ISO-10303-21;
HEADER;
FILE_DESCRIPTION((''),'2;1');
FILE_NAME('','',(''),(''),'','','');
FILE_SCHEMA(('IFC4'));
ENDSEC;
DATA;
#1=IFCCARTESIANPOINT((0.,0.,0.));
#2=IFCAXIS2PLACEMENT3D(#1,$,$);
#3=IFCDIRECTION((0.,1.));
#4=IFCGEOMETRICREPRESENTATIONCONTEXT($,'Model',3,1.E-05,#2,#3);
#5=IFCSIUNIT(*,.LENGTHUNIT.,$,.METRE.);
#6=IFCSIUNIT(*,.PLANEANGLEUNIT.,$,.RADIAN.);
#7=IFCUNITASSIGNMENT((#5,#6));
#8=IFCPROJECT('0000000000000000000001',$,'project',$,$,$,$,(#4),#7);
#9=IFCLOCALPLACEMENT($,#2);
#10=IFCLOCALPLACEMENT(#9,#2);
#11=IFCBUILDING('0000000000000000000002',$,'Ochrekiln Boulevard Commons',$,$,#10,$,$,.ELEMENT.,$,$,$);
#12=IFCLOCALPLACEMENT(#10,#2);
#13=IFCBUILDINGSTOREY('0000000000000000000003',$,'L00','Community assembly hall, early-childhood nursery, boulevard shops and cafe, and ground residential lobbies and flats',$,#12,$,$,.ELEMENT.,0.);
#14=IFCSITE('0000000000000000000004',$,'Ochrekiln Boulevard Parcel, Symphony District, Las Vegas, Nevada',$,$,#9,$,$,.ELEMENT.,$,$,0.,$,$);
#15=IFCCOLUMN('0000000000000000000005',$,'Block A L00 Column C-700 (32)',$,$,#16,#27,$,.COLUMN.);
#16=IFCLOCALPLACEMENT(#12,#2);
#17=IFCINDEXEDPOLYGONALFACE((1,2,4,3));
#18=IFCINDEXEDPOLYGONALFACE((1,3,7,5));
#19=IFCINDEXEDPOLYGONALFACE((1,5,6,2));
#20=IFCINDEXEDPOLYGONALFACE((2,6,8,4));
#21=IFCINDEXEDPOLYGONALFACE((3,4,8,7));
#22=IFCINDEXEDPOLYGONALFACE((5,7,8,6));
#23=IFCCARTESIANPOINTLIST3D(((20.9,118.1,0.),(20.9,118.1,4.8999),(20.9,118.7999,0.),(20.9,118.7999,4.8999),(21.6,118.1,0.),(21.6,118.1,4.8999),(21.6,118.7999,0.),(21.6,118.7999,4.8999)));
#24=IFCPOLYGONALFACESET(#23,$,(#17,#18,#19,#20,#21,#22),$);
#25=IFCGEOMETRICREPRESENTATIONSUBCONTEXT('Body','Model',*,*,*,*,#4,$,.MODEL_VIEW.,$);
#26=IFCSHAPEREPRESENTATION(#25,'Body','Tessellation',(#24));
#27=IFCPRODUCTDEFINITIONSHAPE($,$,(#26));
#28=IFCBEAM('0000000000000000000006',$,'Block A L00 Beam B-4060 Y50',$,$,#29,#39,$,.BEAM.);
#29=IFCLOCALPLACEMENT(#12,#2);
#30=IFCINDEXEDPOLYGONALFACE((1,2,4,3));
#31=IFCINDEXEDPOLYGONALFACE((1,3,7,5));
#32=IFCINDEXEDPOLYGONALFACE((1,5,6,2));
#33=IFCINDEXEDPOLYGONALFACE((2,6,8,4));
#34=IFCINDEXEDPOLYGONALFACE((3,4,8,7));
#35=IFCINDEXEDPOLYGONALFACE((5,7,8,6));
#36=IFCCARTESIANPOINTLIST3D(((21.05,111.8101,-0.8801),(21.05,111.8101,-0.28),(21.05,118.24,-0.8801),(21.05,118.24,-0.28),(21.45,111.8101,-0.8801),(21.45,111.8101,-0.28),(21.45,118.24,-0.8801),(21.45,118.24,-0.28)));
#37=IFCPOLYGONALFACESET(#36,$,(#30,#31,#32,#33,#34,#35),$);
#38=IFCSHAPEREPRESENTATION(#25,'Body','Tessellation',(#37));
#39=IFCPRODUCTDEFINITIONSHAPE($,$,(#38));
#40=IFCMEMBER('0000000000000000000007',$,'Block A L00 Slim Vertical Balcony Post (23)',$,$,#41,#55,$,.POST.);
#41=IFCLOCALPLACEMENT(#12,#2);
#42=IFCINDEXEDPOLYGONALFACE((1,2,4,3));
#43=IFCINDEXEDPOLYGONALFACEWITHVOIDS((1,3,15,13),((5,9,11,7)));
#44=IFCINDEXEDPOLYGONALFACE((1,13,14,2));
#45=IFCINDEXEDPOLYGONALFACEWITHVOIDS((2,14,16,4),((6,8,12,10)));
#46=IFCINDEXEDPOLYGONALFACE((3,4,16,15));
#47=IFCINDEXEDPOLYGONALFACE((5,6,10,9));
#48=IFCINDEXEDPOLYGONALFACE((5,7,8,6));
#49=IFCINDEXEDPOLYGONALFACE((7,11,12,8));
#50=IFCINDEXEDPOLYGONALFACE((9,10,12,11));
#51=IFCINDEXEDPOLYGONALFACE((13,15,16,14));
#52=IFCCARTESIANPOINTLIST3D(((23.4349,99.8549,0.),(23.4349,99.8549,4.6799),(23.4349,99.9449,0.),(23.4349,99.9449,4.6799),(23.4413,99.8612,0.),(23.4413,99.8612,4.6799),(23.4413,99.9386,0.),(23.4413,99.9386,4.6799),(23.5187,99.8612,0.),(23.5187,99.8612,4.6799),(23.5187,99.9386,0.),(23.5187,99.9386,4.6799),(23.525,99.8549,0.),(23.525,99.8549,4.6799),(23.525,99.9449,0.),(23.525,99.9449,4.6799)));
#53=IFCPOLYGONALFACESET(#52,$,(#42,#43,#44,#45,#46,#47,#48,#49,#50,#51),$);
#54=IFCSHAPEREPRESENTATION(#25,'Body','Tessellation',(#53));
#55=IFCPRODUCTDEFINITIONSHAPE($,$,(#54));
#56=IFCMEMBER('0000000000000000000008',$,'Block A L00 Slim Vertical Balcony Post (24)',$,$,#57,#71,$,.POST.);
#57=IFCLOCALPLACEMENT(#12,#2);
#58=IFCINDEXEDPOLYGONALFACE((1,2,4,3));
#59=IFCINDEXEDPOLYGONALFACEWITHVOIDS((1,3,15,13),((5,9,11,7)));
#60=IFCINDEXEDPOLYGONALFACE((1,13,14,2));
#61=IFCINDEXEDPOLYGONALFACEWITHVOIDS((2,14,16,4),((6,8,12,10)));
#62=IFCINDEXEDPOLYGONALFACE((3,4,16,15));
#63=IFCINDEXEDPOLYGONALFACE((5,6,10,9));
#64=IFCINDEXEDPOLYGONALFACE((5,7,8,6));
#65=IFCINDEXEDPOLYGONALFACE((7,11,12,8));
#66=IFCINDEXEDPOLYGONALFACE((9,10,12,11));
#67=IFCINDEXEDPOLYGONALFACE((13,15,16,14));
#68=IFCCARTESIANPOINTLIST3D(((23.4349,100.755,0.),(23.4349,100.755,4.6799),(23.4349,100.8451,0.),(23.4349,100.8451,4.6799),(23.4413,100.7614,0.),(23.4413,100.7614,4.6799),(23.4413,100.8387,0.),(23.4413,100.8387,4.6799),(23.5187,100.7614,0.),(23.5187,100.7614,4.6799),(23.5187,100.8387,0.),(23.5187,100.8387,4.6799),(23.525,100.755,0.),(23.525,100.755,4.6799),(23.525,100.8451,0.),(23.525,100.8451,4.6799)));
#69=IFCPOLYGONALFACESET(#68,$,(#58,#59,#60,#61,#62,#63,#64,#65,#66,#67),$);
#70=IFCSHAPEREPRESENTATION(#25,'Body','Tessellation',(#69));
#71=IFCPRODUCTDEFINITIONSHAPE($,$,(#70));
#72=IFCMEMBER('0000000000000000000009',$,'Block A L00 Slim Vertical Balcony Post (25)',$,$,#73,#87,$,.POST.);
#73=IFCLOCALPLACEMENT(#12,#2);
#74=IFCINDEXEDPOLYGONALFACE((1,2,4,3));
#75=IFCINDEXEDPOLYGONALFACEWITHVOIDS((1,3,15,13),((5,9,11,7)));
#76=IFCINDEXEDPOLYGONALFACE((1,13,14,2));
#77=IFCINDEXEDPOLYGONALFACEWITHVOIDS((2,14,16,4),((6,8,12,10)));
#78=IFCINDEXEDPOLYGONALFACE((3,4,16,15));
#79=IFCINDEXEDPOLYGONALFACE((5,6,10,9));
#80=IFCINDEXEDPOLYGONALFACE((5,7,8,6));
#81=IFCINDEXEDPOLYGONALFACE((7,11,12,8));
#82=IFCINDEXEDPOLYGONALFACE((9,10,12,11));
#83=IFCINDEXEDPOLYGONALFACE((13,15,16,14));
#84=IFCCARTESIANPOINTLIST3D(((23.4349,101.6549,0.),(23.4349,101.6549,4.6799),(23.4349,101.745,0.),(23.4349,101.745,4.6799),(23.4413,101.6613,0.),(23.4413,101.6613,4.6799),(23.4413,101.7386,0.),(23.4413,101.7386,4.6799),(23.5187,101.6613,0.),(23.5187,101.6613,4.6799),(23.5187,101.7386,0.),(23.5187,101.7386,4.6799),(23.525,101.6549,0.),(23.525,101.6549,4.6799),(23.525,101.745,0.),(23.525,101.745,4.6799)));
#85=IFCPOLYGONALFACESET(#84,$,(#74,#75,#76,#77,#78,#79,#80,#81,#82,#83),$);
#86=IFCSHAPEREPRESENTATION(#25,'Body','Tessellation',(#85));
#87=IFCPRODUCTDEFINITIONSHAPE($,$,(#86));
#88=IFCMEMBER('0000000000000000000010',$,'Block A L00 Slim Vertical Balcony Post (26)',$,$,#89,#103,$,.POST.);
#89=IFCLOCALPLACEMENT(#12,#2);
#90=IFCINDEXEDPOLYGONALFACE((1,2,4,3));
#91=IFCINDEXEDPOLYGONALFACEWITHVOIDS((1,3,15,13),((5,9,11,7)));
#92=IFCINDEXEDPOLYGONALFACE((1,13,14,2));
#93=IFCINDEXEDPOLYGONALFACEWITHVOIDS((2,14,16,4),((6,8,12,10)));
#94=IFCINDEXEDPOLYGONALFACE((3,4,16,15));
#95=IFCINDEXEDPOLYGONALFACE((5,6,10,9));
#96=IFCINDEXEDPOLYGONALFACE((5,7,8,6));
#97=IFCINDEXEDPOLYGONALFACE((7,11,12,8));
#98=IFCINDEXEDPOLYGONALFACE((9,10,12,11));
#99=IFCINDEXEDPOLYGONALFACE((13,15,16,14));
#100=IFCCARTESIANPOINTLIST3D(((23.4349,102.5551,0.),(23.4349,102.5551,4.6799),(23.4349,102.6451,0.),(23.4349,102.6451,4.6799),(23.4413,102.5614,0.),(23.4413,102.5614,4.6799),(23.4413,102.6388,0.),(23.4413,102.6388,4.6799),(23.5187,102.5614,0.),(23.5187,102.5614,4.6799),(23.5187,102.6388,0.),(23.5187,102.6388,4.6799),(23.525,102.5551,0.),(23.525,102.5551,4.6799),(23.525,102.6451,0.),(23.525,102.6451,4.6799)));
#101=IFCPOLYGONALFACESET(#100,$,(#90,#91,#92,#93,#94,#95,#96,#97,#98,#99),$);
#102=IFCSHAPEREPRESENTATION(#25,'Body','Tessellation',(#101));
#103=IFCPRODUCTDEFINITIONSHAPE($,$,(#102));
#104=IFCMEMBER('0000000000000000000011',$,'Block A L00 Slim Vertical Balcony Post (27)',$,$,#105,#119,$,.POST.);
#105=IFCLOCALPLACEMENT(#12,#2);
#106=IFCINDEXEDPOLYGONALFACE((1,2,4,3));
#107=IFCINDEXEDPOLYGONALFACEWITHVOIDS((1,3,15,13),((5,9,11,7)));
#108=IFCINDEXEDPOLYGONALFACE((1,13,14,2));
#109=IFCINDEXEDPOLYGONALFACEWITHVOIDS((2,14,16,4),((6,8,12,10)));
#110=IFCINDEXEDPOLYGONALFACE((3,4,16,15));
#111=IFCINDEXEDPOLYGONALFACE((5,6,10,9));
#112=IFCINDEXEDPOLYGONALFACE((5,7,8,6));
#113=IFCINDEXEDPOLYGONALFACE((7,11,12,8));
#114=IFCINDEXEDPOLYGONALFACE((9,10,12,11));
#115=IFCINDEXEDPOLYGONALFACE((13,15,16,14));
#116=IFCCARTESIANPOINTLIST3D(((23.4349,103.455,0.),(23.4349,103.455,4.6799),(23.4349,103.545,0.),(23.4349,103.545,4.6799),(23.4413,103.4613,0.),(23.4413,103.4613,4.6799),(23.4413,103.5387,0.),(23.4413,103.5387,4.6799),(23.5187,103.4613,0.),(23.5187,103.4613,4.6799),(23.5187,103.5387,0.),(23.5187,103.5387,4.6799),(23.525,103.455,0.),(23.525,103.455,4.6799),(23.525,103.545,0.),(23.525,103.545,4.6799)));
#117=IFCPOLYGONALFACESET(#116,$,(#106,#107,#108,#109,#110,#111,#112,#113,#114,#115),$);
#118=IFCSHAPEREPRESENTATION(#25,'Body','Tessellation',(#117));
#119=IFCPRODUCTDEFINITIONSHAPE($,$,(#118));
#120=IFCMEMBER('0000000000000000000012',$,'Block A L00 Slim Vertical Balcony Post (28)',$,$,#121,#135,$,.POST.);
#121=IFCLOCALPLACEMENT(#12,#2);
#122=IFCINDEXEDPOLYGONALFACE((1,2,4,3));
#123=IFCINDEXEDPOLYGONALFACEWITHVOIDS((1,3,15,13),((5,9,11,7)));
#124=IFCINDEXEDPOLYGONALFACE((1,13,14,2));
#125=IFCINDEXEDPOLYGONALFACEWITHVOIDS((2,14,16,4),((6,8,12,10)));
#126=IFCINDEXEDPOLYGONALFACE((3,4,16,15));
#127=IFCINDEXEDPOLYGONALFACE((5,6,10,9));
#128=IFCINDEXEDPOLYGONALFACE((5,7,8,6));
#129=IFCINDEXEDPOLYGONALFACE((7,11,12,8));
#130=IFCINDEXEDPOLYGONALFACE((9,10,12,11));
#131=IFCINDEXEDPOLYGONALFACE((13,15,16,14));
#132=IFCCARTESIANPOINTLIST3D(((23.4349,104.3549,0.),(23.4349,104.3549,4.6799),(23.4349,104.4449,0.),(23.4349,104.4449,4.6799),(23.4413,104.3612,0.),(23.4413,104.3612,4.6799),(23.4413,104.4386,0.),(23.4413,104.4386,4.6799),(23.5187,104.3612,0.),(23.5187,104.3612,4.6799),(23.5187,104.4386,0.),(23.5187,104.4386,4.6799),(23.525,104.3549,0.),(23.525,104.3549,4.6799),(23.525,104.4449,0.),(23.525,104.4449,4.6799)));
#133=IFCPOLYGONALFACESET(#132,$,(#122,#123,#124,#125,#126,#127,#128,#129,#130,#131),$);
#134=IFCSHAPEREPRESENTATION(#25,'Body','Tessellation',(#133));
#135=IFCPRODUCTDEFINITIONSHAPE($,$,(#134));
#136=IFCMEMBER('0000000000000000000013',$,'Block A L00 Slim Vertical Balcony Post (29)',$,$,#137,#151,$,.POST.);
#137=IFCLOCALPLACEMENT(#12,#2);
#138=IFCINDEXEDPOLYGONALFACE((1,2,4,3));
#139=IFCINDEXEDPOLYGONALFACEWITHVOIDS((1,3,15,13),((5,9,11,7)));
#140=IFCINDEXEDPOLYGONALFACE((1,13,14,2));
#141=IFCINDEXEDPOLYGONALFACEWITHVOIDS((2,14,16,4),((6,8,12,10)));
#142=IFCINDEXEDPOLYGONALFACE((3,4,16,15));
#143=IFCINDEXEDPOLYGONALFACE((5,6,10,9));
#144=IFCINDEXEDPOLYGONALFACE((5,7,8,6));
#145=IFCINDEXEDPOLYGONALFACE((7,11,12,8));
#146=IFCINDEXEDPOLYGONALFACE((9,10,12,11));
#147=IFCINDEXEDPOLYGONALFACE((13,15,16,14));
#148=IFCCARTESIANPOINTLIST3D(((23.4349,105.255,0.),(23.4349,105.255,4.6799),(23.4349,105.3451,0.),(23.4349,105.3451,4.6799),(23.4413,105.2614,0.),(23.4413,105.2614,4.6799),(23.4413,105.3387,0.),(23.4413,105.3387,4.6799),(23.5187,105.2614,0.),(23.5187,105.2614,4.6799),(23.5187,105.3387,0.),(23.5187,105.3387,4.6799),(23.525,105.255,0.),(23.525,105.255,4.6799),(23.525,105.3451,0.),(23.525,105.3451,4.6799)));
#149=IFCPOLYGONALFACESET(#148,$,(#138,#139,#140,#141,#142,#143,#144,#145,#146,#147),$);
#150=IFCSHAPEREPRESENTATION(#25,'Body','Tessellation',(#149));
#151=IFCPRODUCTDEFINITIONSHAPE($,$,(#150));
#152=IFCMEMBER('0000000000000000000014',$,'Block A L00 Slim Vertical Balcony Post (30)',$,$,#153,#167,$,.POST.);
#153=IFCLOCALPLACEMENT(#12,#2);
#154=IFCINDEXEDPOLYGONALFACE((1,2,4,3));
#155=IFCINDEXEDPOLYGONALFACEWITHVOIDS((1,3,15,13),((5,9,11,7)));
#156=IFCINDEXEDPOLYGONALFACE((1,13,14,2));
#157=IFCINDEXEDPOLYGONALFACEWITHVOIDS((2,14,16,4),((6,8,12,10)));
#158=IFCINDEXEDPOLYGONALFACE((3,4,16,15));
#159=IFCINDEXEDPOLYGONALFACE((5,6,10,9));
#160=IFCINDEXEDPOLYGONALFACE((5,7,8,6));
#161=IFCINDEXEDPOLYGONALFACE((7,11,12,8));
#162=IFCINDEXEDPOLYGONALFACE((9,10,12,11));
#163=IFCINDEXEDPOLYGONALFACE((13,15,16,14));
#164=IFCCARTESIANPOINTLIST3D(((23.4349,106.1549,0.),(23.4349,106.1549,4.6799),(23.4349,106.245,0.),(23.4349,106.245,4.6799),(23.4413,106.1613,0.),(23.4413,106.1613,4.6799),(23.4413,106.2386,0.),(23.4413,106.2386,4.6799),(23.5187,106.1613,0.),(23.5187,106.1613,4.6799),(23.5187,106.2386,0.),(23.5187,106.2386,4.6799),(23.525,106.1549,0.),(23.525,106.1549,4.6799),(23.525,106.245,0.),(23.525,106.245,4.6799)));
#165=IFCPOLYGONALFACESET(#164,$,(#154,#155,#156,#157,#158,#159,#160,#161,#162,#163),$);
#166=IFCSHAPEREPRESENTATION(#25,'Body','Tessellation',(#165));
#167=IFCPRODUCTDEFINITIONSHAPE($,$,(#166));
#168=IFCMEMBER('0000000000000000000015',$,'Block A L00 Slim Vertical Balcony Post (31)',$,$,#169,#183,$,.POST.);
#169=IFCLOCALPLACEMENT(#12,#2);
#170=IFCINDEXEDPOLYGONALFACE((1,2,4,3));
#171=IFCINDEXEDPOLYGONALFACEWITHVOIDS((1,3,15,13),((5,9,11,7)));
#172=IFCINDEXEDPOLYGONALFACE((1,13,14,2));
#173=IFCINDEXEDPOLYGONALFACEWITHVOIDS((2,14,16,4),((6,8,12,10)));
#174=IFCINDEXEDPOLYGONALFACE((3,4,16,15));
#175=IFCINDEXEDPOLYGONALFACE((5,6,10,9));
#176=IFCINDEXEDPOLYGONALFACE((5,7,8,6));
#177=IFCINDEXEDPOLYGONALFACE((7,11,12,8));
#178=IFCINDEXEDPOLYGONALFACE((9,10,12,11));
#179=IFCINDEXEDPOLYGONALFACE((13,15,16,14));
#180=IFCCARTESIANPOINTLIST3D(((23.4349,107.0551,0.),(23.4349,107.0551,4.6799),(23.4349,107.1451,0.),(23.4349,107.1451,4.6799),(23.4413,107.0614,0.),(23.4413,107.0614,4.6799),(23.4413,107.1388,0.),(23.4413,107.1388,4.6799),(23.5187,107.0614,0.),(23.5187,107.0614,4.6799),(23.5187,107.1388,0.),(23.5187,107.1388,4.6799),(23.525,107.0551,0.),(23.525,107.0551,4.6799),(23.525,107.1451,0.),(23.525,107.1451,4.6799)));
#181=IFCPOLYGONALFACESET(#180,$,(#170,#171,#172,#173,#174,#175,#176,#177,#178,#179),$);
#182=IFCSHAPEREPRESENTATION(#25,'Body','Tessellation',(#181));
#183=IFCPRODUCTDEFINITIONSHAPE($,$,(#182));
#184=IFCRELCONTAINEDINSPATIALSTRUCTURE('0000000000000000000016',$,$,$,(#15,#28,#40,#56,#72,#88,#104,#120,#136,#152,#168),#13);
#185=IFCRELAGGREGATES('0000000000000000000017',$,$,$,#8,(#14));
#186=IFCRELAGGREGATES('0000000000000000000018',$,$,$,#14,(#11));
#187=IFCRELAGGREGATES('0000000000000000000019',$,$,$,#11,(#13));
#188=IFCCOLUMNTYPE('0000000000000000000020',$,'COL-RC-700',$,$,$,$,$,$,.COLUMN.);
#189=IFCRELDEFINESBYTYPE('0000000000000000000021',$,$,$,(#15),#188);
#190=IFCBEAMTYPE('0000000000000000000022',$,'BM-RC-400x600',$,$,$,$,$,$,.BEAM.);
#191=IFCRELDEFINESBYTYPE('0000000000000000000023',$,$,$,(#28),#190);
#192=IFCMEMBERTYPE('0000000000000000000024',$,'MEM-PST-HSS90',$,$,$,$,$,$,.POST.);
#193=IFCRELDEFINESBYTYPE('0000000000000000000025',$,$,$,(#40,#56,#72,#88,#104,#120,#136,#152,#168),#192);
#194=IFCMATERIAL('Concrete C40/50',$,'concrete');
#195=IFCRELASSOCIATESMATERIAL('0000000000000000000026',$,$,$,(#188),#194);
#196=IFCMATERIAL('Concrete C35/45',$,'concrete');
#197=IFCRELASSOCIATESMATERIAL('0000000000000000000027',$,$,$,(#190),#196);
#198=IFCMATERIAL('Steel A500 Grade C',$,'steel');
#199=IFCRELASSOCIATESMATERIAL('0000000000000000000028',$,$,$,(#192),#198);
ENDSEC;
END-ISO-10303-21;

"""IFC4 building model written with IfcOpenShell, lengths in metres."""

from ifc_helpers import new_model, si_unit, direction, frame, origin, origin_2d, place, context, subcontext, project, spatial, rectangle, hollow_rectangle, extrude, material, material_profile, profile_set, type_object, element, save


model = new_model("IFC4")

# Units and contexts
model_context = context("Model", 3, precision=1e-05, world=origin(), true_north=direction((0.0, 1.0)))
body_context = subcontext(model_context, "Body", "Model", "MODEL_VIEW")
ifc_project = project(units=[si_unit("LENGTHUNIT", "METRE"), si_unit("PLANEANGLEUNIT", "RADIAN")], contexts=[model_context])

# Site, building, storey
site_placement = place(None, origin())
site = spatial("IfcSite", under=ifc_project, at=site_placement, Name="Ochrekiln Boulevard Parcel, Symphony District, Las Vegas, Nevada", CompositionType="ELEMENT", RefElevation=0.0)
building_placement = place(site_placement, origin())
building = spatial("IfcBuilding", under=site, at=building_placement, Name="Ochrekiln Boulevard Commons", CompositionType="ELEMENT")
storey_placement = place(building_placement, origin())
storey = spatial("IfcBuildingStorey", under=building, at=storey_placement, Name="L00", Description="Community assembly hall, early-childhood nursery, boulevard shops and cafe, and ground residential lobbies and flats", CompositionType="ELEMENT", Elevation=0.0)

# Column
ifc_material_1 = material(Name="Concrete C40/50", Category="concrete")
ifc_material_profile_1 = material_profile(ifc_material_1, rectangle(XDim=0.7, YDim=0.7, at=origin_2d()), Name="RC-COL-700x700")
ifc_profile_set_1 = profile_set([ifc_material_profile_1], Name="Concrete C40/50")
column_type = type_object("IfcColumnType", Name="COL-RC-700", PredefinedType="COLUMN", material=ifc_profile_set_1)
column_placement = place(storey_placement, frame((21.25, 118.45, 0.0), z_axis=(0.0, 0.0, 1.0), x_axis=(1.0, 0.0, 0.0)))
element("IfcColumn", 1, at=column_placement, inside=storey, type_object=column_type, Name="Block A L00 Column C-700 (32)", PredefinedType="COLUMN", context=body_context, shape_type="SweptSolid", body=[
    extrude(rectangle(XDim=0.7, YDim=0.7, at=origin_2d()), origin(), (0.0, 0.0, 1.0), 4.8999),
])

# Beam
ifc_material_2 = material(Name="Concrete C35/45", Category="concrete")
ifc_material_profile_2 = material_profile(ifc_material_2, rectangle(XDim=0.3999, YDim=0.6001, at=origin_2d()), Name="RC-BM-400x600")
ifc_profile_set_2 = profile_set([ifc_material_profile_2], Name="Concrete C35/45")
beam_type = type_object("IfcBeamType", Name="BM-RC-400x600", PredefinedType="BEAM", material=ifc_profile_set_2)
beam_placement = place(storey_placement, frame((21.25, 111.8101, -0.5801), z_axis=(0.0, 1.0, 0.0), x_axis=(-1.0, 0.0, 0.0)))
element("IfcBeam", 2, at=beam_placement, inside=storey, type_object=beam_type, Name="Block A L00 Beam B-4060 Y50", PredefinedType="BEAM", context=body_context, shape_type="SweptSolid", body=[
    extrude(rectangle(XDim=0.3999, YDim=0.6001, at=origin_2d()), origin(), (0.0, 0.0, 1.0), 6.4299),
])

# Members
ifc_material_3 = material(Name="Steel A500 Grade C", Category="steel")
ifc_material_profile_3 = material_profile(ifc_material_3, hollow_rectangle(XDim=0.0901, YDim=0.0901, WallThickness=0.0063, at=origin_2d()), Name="HSS90X90X6.4")
ifc_profile_set_3 = profile_set([ifc_material_profile_3], Name="Steel A500 Grade C")
member_type = type_object("IfcMemberType", Name="MEM-PST-HSS90", PredefinedType="POST", material=ifc_profile_set_3)
for number, where, z_axis, x_axis, name in (
    (3, (23.48, 99.8999, 0.0), (0.0, 0.0, 1.0), (1.0, 0.0, 0.0), "Block A L00 Slim Vertical Balcony Post (23)"),
    (4, (23.48, 100.8, 0.0), (0.0, 0.0, 1.0), (1.0, 0.0, 0.0), "Block A L00 Slim Vertical Balcony Post (24)"),
    (5, (23.48, 101.7, 0.0), (0.0, 0.0, 1.0), (1.0, 0.0, 0.0), "Block A L00 Slim Vertical Balcony Post (25)"),
    (6, (23.48, 102.6001, 0.0), (0.0, 0.0, 1.0), (1.0, 0.0, 0.0), "Block A L00 Slim Vertical Balcony Post (26)"),
    (7, (23.48, 103.5, 0.0), (0.0, 0.0, 1.0), (1.0, 0.0, 0.0), "Block A L00 Slim Vertical Balcony Post (27)"),
    (8, (23.48, 104.3999, 0.0), (0.0, 0.0, 1.0), (1.0, 0.0, 0.0), "Block A L00 Slim Vertical Balcony Post (28)"),
    (9, (23.48, 105.3, 0.0), (0.0, 0.0, 1.0), (1.0, 0.0, 0.0), "Block A L00 Slim Vertical Balcony Post (29)"),
    (10, (23.48, 106.2, 0.0), (0.0, 0.0, 1.0), (1.0, 0.0, 0.0), "Block A L00 Slim Vertical Balcony Post (30)"),
    (11, (23.48, 107.1001, 0.0), (0.0, 0.0, 1.0), (1.0, 0.0, 0.0), "Block A L00 Slim Vertical Balcony Post (31)"),
):
    element("IfcMember", number, at=place(storey_placement, frame(where, z_axis=z_axis, x_axis=x_axis)), inside=storey, type_object=member_type, Name=name, PredefinedType="POST", context=body_context, shape_type="SweptSolid", body=[
        extrude(hollow_rectangle(XDim=0.0901, YDim=0.0901, WallThickness=0.0063, at=origin_2d()), origin(), (0.0, 0.0, 1.0), 4.6799),
    ])

save(model, "model.ifc")
